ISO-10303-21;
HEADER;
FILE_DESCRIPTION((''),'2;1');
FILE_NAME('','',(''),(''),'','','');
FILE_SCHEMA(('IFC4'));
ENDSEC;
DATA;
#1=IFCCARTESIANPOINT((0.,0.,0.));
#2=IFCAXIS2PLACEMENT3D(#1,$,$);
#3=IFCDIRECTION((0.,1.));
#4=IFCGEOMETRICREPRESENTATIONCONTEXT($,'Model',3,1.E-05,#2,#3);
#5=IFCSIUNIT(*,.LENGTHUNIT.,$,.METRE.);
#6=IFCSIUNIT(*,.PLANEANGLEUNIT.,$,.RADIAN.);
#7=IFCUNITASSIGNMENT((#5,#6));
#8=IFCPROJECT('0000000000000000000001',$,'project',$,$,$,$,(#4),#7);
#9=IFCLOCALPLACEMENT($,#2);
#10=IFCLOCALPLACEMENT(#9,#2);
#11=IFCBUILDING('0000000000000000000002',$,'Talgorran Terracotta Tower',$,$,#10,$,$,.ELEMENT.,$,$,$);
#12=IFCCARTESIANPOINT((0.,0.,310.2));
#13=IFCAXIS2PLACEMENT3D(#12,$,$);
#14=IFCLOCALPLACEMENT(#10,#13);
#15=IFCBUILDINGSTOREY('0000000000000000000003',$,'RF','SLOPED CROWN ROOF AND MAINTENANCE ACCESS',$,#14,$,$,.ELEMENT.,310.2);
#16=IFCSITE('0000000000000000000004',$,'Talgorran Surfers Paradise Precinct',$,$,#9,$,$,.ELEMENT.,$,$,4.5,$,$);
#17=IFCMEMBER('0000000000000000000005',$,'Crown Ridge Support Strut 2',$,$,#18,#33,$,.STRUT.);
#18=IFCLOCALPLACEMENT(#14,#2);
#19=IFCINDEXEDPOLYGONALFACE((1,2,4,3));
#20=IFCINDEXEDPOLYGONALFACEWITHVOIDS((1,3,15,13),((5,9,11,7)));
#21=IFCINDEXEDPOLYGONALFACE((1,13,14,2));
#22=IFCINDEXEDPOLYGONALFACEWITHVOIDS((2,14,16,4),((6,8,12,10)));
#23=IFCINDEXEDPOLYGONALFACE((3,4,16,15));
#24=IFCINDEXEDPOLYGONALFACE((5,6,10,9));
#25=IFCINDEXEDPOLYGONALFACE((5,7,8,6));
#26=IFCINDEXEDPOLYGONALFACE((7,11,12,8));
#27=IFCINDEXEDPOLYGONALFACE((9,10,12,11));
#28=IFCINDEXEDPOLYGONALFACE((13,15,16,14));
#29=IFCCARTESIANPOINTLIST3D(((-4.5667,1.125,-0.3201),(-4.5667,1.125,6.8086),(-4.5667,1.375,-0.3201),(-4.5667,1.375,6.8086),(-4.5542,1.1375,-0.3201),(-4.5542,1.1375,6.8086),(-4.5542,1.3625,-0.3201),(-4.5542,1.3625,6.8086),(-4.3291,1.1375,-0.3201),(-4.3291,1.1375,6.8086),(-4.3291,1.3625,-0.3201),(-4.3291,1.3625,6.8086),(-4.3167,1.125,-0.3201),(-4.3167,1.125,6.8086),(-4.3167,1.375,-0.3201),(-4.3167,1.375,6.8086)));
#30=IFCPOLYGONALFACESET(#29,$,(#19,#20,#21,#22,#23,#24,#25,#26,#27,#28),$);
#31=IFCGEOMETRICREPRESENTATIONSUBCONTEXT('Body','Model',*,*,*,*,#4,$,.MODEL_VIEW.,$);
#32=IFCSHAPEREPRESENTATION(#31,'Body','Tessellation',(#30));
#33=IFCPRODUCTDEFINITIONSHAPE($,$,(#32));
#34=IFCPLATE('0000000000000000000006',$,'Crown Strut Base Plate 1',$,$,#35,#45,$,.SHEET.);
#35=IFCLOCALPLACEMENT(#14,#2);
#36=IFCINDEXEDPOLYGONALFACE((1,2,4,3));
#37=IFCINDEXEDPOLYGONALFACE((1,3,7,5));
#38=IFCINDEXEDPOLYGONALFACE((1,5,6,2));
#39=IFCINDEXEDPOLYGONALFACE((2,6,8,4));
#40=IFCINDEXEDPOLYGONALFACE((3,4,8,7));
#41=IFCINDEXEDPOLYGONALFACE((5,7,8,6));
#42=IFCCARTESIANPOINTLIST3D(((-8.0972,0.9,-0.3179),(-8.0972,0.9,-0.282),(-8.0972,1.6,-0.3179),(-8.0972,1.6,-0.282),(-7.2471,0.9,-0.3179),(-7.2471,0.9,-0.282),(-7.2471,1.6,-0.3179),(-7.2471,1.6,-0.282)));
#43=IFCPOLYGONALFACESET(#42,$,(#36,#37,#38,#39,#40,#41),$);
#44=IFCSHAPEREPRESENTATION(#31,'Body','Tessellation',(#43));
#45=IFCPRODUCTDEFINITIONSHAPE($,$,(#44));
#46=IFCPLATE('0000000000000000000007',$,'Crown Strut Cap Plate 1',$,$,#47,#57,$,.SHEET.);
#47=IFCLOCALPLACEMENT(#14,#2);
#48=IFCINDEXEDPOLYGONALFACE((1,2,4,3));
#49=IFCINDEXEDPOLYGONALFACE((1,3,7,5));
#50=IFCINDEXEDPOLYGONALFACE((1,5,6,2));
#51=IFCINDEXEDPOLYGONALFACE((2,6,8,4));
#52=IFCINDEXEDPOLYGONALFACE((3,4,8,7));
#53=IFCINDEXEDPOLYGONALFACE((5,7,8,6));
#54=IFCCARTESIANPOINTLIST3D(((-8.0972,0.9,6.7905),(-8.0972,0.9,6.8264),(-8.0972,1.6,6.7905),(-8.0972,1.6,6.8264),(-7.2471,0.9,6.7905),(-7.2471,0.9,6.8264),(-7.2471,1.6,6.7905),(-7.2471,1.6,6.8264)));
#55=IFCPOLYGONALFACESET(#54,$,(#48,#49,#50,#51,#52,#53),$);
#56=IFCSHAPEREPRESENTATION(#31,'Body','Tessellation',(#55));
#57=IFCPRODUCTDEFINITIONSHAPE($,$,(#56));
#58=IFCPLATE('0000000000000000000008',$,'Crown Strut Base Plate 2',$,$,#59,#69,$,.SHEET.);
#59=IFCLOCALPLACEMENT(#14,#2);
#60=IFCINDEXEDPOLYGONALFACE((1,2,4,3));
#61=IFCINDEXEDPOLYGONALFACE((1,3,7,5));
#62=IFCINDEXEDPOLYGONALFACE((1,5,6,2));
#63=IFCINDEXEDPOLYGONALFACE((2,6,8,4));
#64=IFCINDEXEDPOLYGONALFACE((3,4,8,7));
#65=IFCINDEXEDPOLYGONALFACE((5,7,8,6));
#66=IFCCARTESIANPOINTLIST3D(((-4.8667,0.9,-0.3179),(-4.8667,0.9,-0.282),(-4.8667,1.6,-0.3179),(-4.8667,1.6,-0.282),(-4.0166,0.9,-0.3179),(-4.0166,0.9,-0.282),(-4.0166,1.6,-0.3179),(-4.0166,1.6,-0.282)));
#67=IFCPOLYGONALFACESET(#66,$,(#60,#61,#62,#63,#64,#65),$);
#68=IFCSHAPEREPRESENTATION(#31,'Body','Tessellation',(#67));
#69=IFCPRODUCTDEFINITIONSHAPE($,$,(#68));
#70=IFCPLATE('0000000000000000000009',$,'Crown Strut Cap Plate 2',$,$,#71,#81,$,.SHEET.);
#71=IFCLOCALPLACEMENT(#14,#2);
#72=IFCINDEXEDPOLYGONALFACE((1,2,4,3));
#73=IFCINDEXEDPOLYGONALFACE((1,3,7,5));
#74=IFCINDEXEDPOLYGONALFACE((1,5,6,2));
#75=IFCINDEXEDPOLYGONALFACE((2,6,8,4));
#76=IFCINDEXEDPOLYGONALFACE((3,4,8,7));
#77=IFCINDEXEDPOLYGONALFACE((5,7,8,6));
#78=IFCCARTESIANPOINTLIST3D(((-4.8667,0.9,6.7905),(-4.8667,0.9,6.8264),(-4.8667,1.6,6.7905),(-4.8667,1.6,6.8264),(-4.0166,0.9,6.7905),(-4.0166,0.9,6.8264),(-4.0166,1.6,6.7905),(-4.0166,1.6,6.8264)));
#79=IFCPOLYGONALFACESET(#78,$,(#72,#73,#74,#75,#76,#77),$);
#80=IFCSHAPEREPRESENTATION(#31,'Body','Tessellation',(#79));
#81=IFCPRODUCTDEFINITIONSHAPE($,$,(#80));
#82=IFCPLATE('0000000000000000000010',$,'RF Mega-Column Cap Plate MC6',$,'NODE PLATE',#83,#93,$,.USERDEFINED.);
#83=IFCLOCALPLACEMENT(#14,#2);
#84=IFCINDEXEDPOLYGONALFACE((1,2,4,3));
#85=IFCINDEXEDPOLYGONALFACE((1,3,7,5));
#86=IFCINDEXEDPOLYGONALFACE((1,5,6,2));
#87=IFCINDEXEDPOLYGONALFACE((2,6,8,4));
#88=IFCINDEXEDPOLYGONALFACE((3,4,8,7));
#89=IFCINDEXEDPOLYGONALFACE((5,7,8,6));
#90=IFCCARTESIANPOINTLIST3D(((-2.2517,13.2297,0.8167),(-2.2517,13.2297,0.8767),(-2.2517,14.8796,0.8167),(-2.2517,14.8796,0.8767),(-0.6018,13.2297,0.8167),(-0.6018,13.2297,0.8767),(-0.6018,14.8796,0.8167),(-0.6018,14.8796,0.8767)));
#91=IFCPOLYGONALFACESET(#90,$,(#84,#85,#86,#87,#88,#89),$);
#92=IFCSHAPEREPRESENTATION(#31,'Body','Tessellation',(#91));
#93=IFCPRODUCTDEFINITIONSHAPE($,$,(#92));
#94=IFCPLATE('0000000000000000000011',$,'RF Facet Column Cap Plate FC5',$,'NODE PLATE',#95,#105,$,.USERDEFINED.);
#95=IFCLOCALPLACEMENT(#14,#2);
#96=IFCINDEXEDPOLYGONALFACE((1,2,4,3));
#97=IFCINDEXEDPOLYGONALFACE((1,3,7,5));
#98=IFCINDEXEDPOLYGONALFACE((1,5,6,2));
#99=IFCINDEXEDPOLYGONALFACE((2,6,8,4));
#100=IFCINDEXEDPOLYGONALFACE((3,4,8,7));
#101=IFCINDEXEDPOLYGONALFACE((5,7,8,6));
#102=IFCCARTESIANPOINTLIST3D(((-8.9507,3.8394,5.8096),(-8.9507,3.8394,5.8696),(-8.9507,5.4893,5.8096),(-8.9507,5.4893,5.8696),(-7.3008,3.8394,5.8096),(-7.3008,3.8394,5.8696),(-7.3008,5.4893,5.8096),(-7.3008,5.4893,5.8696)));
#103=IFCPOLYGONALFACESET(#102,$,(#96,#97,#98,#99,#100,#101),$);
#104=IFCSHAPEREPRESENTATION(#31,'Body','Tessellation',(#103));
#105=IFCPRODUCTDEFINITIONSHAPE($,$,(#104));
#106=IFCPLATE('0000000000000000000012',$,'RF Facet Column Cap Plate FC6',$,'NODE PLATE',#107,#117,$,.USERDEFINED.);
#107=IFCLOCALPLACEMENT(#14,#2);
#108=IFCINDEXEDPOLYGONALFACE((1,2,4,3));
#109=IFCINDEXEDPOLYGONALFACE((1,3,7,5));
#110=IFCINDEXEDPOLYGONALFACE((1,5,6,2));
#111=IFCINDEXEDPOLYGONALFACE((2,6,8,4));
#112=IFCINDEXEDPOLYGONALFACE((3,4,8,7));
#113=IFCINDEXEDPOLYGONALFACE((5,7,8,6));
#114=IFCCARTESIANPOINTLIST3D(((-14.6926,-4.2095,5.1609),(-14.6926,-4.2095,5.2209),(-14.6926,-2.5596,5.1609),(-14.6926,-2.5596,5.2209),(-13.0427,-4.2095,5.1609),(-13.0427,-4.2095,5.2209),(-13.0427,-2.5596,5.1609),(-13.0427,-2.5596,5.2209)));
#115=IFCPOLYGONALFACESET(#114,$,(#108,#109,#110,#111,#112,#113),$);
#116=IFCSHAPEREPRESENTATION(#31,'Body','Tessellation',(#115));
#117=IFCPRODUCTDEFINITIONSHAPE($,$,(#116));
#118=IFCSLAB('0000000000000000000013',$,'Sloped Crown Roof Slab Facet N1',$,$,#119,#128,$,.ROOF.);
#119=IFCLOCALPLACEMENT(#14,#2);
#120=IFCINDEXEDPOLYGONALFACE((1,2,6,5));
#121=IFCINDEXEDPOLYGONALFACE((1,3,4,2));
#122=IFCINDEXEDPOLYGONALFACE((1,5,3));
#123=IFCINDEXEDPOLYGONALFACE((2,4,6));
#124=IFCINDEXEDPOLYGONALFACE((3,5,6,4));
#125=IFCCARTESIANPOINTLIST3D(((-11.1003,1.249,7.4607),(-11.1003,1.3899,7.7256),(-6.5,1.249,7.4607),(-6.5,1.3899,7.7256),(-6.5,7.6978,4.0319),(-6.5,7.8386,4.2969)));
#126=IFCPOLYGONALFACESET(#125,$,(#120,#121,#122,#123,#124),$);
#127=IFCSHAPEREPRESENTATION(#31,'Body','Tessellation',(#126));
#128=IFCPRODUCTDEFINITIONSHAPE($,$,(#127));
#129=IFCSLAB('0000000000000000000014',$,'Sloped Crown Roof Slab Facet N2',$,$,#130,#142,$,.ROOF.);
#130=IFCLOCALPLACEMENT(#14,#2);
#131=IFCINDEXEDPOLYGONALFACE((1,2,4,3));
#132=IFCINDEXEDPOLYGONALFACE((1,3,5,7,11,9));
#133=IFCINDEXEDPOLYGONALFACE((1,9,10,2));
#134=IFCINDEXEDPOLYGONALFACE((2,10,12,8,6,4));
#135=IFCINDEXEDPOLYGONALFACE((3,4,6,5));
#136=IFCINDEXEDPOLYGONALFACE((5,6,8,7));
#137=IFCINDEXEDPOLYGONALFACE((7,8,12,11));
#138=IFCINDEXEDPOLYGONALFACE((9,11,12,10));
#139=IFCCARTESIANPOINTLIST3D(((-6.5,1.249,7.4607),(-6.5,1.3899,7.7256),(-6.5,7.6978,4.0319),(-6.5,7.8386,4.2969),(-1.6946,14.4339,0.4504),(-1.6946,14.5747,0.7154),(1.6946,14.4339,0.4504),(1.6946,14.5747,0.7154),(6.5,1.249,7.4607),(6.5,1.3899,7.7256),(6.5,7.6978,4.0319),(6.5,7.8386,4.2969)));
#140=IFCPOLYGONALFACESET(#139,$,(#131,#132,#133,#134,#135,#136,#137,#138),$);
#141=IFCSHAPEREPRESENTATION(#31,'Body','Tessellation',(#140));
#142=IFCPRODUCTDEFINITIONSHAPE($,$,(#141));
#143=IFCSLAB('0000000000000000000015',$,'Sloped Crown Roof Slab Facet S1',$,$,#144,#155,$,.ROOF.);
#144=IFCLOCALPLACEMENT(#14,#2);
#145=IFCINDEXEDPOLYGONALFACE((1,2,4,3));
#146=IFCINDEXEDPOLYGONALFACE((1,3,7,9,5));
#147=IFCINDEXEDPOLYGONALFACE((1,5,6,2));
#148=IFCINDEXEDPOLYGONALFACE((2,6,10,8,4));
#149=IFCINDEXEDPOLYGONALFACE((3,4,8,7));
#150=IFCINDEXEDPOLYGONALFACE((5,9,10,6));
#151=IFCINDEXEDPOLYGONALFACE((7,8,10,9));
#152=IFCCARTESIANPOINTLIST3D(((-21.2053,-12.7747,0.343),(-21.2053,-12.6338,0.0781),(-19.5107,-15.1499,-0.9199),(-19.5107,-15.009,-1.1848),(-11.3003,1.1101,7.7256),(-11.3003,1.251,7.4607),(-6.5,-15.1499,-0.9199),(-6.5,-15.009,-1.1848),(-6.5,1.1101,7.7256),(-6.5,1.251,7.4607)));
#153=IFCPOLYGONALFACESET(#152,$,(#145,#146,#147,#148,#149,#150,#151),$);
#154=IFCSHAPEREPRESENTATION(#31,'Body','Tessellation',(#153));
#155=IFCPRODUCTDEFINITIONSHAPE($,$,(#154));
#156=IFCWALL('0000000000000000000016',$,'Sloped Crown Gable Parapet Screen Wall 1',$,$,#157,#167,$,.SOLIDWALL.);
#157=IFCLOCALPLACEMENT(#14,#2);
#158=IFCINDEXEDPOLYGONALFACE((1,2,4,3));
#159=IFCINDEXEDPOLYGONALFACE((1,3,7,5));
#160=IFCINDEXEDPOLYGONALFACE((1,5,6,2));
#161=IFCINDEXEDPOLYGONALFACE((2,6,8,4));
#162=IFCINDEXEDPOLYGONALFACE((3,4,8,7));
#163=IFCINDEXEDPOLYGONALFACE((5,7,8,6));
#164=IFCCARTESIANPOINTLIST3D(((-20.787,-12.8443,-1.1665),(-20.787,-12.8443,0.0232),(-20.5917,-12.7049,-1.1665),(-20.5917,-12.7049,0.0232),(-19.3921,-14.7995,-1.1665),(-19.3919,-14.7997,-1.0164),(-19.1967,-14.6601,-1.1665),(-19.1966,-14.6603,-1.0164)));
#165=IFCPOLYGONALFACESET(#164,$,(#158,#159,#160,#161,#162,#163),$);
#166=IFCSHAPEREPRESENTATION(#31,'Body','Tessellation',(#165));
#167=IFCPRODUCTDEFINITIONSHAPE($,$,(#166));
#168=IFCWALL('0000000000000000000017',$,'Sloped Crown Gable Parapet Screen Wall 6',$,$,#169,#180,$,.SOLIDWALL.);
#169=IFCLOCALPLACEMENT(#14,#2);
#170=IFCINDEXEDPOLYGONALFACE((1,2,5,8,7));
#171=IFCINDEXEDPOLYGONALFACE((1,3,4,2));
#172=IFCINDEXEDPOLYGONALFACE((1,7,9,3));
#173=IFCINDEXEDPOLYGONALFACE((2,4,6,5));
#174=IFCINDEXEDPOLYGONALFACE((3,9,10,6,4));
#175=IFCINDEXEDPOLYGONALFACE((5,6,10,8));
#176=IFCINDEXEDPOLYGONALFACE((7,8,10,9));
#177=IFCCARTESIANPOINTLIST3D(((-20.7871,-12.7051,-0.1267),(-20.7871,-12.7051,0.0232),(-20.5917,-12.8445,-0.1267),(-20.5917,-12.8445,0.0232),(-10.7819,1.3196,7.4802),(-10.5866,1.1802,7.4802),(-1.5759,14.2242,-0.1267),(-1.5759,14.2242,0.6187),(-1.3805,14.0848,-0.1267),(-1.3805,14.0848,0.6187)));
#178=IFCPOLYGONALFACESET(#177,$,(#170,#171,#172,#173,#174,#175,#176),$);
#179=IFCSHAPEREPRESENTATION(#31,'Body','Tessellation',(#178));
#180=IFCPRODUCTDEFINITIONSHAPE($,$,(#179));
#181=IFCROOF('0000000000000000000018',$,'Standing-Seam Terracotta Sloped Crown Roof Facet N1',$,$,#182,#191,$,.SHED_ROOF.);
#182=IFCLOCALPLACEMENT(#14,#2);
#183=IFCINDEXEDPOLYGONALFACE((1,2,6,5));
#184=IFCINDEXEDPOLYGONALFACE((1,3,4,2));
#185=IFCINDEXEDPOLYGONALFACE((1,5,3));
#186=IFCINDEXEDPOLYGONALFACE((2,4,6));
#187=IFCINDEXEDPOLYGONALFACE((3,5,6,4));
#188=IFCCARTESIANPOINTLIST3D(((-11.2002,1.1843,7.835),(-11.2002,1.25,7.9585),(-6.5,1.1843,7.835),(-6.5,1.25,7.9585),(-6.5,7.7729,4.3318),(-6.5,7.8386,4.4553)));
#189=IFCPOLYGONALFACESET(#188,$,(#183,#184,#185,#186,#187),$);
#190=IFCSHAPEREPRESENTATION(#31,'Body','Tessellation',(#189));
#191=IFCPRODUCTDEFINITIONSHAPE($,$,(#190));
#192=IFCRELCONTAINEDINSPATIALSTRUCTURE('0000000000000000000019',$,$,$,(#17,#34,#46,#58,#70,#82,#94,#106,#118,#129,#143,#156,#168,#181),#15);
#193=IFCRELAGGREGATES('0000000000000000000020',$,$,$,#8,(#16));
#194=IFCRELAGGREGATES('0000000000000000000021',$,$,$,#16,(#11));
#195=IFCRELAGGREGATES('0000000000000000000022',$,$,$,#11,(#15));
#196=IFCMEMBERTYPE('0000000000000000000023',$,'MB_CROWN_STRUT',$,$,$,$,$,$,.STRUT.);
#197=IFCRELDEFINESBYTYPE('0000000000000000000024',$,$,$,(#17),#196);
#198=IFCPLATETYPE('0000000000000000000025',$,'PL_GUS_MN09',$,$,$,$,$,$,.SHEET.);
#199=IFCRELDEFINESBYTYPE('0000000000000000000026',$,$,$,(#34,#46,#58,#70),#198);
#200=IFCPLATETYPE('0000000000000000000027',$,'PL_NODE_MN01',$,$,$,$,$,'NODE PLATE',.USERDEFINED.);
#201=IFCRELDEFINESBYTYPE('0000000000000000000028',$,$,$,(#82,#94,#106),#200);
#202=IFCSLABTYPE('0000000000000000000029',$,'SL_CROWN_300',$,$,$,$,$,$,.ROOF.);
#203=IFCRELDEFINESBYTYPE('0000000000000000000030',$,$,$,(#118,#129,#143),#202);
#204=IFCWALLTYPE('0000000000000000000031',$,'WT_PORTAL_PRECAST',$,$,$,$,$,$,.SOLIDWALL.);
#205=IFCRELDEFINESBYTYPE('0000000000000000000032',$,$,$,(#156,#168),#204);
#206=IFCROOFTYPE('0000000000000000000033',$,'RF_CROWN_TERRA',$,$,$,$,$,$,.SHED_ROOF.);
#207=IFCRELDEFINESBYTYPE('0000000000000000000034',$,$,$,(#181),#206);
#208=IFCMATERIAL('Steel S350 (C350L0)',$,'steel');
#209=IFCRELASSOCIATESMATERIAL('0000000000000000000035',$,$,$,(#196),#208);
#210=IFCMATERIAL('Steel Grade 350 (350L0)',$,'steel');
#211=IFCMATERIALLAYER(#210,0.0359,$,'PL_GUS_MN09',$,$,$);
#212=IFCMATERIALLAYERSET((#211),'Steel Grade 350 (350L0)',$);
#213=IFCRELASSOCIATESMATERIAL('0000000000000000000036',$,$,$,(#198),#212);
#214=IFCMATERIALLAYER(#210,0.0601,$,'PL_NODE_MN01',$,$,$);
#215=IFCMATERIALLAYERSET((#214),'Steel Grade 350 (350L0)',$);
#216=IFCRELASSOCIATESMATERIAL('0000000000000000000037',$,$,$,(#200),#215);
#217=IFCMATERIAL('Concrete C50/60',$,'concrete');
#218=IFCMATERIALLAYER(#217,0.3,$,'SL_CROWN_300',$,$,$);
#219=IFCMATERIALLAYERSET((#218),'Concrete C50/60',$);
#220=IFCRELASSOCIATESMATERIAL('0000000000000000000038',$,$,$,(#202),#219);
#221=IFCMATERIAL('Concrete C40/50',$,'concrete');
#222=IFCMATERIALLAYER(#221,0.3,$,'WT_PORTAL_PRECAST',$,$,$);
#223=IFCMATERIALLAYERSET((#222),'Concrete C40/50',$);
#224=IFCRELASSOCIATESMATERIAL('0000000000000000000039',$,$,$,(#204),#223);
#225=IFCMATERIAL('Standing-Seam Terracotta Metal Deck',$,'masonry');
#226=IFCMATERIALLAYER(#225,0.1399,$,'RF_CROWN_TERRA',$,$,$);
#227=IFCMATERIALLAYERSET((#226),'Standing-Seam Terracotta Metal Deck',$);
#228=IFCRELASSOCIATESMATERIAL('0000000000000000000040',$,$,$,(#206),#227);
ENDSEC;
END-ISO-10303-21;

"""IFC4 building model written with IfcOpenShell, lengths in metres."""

from ifc_helpers import new_model, si_unit, direction, frame, origin, origin_2d, place, context, subcontext, project, spatial, polyline, rectangle, hollow_rectangle, outline, extrude, material, layer, layer_set, material_profile, profile_set, type_object, element, save


model = new_model("IFC4")

# Units and contexts
model_context = context("Model", 3, precision=1e-05, world=origin(), true_north=direction((0.0, 1.0)))
body_context = subcontext(model_context, "Body", "Model", "MODEL_VIEW")
ifc_project = project(units=[si_unit("LENGTHUNIT", "METRE"), si_unit("PLANEANGLEUNIT", "RADIAN")], contexts=[model_context])

# Site, building, storey
site_placement = place(None, origin())
site = spatial("IfcSite", under=ifc_project, at=site_placement, Name="Talgorran Surfers Paradise Precinct", CompositionType="ELEMENT", RefElevation=4.5)
building_placement = place(site_placement, origin())
building = spatial("IfcBuilding", under=site, at=building_placement, Name="Talgorran Terracotta Tower", CompositionType="ELEMENT")
storey_placement = place(building_placement, frame((0.0, 0.0, 310.2)))
storey = spatial("IfcBuildingStorey", under=building, at=storey_placement, Name="RF", Description="SLOPED CROWN ROOF AND MAINTENANCE ACCESS", CompositionType="ELEMENT", Elevation=310.2)

# Shared definitions
ifc_material_1 = material(Name="Steel Grade 350 (350L0)", Category="steel")
ifc_material_2 = material(Name="Steel S350 (C350L0)", Category="steel")

# Member
ifc_material_profile_1 = material_profile(ifc_material_2, hollow_rectangle(XDim=0.25, YDim=0.25, WallThickness=0.0125, at=origin_2d()), Name="SHS250X250X12.5")
ifc_profile_set_1 = profile_set([ifc_material_profile_1], Name="Steel S350 (C350L0)")
member_type_1 = type_object("IfcMemberType", Name="MB_CROWN_STRUT", PredefinedType="STRUT", material=ifc_profile_set_1)
for number, where, z_axis, x_axis, name in (
    (1, (-4.4417, 1.25, -0.3201), (0.0, 0.0, 1.0), (1.0, 0.0, 0.0), "Crown Ridge Support Strut 2"),
):
    element("IfcMember", number, at=place(storey_placement, frame(where, z_axis=z_axis, x_axis=x_axis)), inside=storey, type_object=member_type_1, Name=name, PredefinedType="STRUT", context=body_context, shape_type="SweptSolid", body=[
        extrude(hollow_rectangle(XDim=0.25, YDim=0.25, WallThickness=0.0125, at=origin_2d()), origin(), (0.0, 0.0, 1.0), 7.1287),
    ])

# Plates
ifc_layer_1 = layer(ifc_material_1, 0.0359, Name="PL_GUS_MN09")
ifc_layer_set_1 = layer_set([ifc_layer_1], Name="Steel Grade 350 (350L0)")
plate_type_1 = type_object("IfcPlateType", Name="PL_GUS_MN09", PredefinedType="SHEET", material=ifc_layer_set_1)
for number, where, z_axis, x_axis, name in (
    (2, (-7.6721, 1.25, -0.3179), (0.0, 0.0, 1.0), (1.0, 0.0, 0.0), "Crown Strut Base Plate 1"),
    (3, (-7.6721, 1.25, 6.7905), (0.0, 0.0, 1.0), (1.0, 0.0, 0.0), "Crown Strut Cap Plate 1"),
    (4, (-4.4417, 1.25, -0.3179), (0.0, 0.0, 1.0), (1.0, 0.0, 0.0), "Crown Strut Base Plate 2"),
    (5, (-4.4417, 1.25, 6.7905), (0.0, 0.0, 1.0), (1.0, 0.0, 0.0), "Crown Strut Cap Plate 2"),
):
    element("IfcPlate", number, at=place(storey_placement, frame(where, z_axis=z_axis, x_axis=x_axis)), inside=storey, type_object=plate_type_1, Name=name, PredefinedType="SHEET", context=body_context, shape_type="SweptSolid", body=[
        extrude(rectangle(XDim=0.8501, YDim=0.7, at=origin_2d()), origin(), (0.0, 0.0, 1.0), 0.0359),
    ])
ifc_layer_2 = layer(ifc_material_1, 0.0601, Name="PL_NODE_MN01")
ifc_layer_set_2 = layer_set([ifc_layer_2], Name="Steel Grade 350 (350L0)")
plate_type_2 = type_object("IfcPlateType", Name="PL_NODE_MN01", ElementType="NODE PLATE", PredefinedType="USERDEFINED", material=ifc_layer_set_2)
for number, where, z_axis, x_axis, name in (
    (6, (-1.4268, 14.0547, 0.8167), (0.0, 0.0, 1.0), (1.0, 0.0, 0.0), "RF Mega-Column Cap Plate MC6"),
    (7, (-8.1257, 4.6643, 5.8096), (0.0, 0.0, 1.0), (1.0, 0.0, 0.0), "RF Facet Column Cap Plate FC5"),
    (8, (-13.8677, -3.3845, 5.1609), (0.0, 0.0, 1.0), (1.0, 0.0, 0.0), "RF Facet Column Cap Plate FC6"),
):
    element("IfcPlate", number, at=place(storey_placement, frame(where, z_axis=z_axis, x_axis=x_axis)), inside=storey, type_object=plate_type_2, Name=name, ObjectType="NODE PLATE", PredefinedType="USERDEFINED", context=body_context, shape_type="SweptSolid", body=[
        extrude(rectangle(XDim=1.6499, YDim=1.6499, at=origin_2d()), origin(), (0.0, 0.0, 1.0), 0.0601),
    ])

# Slabs
ifc_material_3 = material(Name="Concrete C50/60", Category="concrete")
ifc_layer_3 = layer(ifc_material_3, 0.3, Name="SL_CROWN_300")
ifc_layer_set_3 = layer_set([ifc_layer_3], Name="Concrete C50/60")
slab_type = type_object("IfcSlabType", Name="SL_CROWN_300", PredefinedType="ROOF", material=ifc_layer_set_3)
slab_1_placement = place(storey_placement, frame((-11.1003, 1.3899, 7.7256), z_axis=(0.0, 0.469457, 0.882956), x_axis=(1.0, 0.0, 0.0)))
element("IfcSlab", 9, at=slab_1_placement, inside=storey, type_object=slab_type, Name="Sloped Crown Roof Slab Facet N1", PredefinedType="ROOF", context=body_context, shape_type="SweptSolid", body=[
    extrude(outline(polyline([(0.0, 0.0), (4.6003, 0.0), (4.6003, 7.3036), (0.0, 0.0)])), origin(), (0.0, 0.0, -1.0), 0.3),
])
slab_2_placement = place(storey_placement, frame((-6.5, 7.8386, 4.2969), z_axis=(0.0, 0.469459, 0.882954), x_axis=(0.0, -0.882954, 0.469459)))
element("IfcSlab", 10, at=slab_2_placement, inside=storey, type_object=slab_type, Name="Sloped Crown Roof Slab Facet N2", PredefinedType="ROOF", context=body_context, shape_type="SweptSolid", body=[
    extrude(outline(polyline([(0.0, 0.0), (7.3036, 0.0), (7.3036, 13.0), (0.0, 13.0), (-7.629, 8.1946), (-7.629, 4.8054), (0.0, 0.0)])), origin(), (0.0, 0.0, -1.0), 0.3),
])
slab_3_placement = place(storey_placement, frame((-6.5, -15.1499, -0.9199), z_axis=(0.000001, -0.469468, 0.88295), x_axis=(0.0, 0.88295, 0.469468)))
element("IfcSlab", 11, at=slab_3_placement, inside=storey, type_object=slab_type, Name="Sloped Crown Roof Slab Facet S1", PredefinedType="ROOF", context=body_context, shape_type="SweptSolid", body=[
    extrude(outline(polyline([(0.0, 0.0), (18.4156, 0.0), (18.4156, 4.8003), (2.6901, 14.7053), (0.0, 13.0107), (0.0, 0.0)])), origin(), (0.0, 0.0, -1.0), 0.3),
])

# Walls
ifc_material_4 = material(Name="Concrete C40/50", Category="concrete")
ifc_layer_4 = layer(ifc_material_4, 0.3, Name="WT_PORTAL_PRECAST")
ifc_layer_set_4 = layer_set([ifc_layer_4], Name="Concrete C40/50")
wall_type = type_object("IfcWallType", Name="WT_PORTAL_PRECAST", PredefinedType="SOLIDWALL", material=ifc_layer_set_4)
wall_1_placement = place(storey_placement, frame((-20.6895, -12.7747, -1.1665), z_axis=(0.0, 0.0, 1.0), x_axis=(0.580786, -0.814056, 0.0)))
element("IfcWall", 12, at=wall_1_placement, inside=storey, type_object=wall_type, Name="Sloped Crown Gable Parapet Screen Wall 1", PredefinedType="SOLIDWALL", context=body_context, shape_type="SweptSolid", body=[
    extrude(outline(polyline([(0.0, 0.0), (2.4019, 0.0), (2.4021, 0.1501), (0.0, 1.1897), (0.0, 0.0)])), frame((0.0, 0.1201, 0.0), z_axis=(0.0, -1.0, 0.0), x_axis=(1.0, 0.0, 0.0)), (0.0, 0.0, 1.0), 0.24),
])
wall_2_placement = place(storey_placement, frame((-1.4783, 14.1545, -0.1267), z_axis=(0.0, 0.0, 1.0), x_axis=(-0.580758, -0.814076, 0.0)))
element("IfcWall", 13, at=wall_2_placement, inside=storey, type_object=wall_type, Name="Sloped Crown Gable Parapet Screen Wall 6", PredefinedType="SOLIDWALL", context=body_context, shape_type="SweptSolid", body=[
    extrude(outline(polyline([(0.0, 0.0), (33.0796, 0.0), (33.0796, 0.1499), (15.8518, 7.6069), (0.0, 0.7454), (0.0, 0.0)])), frame((0.0, 0.1201, 0.0), z_axis=(0.0, -1.0, 0.0), x_axis=(1.0, 0.0, 0.0)), (0.0, 0.0, 1.0), 0.24),
])

# Roof
ifc_material_5 = material(Name="Standing-Seam Terracotta Metal Deck", Category="masonry")
ifc_layer_5 = layer(ifc_material_5, 0.1399, Name="RF_CROWN_TERRA")
ifc_layer_set_5 = layer_set([ifc_layer_5], Name="Standing-Seam Terracotta Metal Deck")
roof_type = type_object("IfcRoofType", Name="RF_CROWN_TERRA", PredefinedType="SHED_ROOF", material=ifc_layer_set_5)
roof_1_placement = place(storey_placement, frame((-11.2002, 1.25, 7.9585), z_axis=(0.0, 0.469465, 0.882951), x_axis=(1.0, 0.0, 0.0)))
element("IfcRoof", 14, at=roof_1_placement, inside=storey, type_object=roof_type, Name="Standing-Seam Terracotta Sloped Crown Roof Facet N1", PredefinedType="SHED_ROOF", context=body_context, shape_type="SweptSolid", body=[
    extrude(outline(polyline([(0.0, 0.0), (4.7002, 0.0), (4.7002, 7.462), (0.0, 0.0)])), origin(), (0.0, 0.0, -1.0), 0.1399),
])

save(model, "model.ifc")
